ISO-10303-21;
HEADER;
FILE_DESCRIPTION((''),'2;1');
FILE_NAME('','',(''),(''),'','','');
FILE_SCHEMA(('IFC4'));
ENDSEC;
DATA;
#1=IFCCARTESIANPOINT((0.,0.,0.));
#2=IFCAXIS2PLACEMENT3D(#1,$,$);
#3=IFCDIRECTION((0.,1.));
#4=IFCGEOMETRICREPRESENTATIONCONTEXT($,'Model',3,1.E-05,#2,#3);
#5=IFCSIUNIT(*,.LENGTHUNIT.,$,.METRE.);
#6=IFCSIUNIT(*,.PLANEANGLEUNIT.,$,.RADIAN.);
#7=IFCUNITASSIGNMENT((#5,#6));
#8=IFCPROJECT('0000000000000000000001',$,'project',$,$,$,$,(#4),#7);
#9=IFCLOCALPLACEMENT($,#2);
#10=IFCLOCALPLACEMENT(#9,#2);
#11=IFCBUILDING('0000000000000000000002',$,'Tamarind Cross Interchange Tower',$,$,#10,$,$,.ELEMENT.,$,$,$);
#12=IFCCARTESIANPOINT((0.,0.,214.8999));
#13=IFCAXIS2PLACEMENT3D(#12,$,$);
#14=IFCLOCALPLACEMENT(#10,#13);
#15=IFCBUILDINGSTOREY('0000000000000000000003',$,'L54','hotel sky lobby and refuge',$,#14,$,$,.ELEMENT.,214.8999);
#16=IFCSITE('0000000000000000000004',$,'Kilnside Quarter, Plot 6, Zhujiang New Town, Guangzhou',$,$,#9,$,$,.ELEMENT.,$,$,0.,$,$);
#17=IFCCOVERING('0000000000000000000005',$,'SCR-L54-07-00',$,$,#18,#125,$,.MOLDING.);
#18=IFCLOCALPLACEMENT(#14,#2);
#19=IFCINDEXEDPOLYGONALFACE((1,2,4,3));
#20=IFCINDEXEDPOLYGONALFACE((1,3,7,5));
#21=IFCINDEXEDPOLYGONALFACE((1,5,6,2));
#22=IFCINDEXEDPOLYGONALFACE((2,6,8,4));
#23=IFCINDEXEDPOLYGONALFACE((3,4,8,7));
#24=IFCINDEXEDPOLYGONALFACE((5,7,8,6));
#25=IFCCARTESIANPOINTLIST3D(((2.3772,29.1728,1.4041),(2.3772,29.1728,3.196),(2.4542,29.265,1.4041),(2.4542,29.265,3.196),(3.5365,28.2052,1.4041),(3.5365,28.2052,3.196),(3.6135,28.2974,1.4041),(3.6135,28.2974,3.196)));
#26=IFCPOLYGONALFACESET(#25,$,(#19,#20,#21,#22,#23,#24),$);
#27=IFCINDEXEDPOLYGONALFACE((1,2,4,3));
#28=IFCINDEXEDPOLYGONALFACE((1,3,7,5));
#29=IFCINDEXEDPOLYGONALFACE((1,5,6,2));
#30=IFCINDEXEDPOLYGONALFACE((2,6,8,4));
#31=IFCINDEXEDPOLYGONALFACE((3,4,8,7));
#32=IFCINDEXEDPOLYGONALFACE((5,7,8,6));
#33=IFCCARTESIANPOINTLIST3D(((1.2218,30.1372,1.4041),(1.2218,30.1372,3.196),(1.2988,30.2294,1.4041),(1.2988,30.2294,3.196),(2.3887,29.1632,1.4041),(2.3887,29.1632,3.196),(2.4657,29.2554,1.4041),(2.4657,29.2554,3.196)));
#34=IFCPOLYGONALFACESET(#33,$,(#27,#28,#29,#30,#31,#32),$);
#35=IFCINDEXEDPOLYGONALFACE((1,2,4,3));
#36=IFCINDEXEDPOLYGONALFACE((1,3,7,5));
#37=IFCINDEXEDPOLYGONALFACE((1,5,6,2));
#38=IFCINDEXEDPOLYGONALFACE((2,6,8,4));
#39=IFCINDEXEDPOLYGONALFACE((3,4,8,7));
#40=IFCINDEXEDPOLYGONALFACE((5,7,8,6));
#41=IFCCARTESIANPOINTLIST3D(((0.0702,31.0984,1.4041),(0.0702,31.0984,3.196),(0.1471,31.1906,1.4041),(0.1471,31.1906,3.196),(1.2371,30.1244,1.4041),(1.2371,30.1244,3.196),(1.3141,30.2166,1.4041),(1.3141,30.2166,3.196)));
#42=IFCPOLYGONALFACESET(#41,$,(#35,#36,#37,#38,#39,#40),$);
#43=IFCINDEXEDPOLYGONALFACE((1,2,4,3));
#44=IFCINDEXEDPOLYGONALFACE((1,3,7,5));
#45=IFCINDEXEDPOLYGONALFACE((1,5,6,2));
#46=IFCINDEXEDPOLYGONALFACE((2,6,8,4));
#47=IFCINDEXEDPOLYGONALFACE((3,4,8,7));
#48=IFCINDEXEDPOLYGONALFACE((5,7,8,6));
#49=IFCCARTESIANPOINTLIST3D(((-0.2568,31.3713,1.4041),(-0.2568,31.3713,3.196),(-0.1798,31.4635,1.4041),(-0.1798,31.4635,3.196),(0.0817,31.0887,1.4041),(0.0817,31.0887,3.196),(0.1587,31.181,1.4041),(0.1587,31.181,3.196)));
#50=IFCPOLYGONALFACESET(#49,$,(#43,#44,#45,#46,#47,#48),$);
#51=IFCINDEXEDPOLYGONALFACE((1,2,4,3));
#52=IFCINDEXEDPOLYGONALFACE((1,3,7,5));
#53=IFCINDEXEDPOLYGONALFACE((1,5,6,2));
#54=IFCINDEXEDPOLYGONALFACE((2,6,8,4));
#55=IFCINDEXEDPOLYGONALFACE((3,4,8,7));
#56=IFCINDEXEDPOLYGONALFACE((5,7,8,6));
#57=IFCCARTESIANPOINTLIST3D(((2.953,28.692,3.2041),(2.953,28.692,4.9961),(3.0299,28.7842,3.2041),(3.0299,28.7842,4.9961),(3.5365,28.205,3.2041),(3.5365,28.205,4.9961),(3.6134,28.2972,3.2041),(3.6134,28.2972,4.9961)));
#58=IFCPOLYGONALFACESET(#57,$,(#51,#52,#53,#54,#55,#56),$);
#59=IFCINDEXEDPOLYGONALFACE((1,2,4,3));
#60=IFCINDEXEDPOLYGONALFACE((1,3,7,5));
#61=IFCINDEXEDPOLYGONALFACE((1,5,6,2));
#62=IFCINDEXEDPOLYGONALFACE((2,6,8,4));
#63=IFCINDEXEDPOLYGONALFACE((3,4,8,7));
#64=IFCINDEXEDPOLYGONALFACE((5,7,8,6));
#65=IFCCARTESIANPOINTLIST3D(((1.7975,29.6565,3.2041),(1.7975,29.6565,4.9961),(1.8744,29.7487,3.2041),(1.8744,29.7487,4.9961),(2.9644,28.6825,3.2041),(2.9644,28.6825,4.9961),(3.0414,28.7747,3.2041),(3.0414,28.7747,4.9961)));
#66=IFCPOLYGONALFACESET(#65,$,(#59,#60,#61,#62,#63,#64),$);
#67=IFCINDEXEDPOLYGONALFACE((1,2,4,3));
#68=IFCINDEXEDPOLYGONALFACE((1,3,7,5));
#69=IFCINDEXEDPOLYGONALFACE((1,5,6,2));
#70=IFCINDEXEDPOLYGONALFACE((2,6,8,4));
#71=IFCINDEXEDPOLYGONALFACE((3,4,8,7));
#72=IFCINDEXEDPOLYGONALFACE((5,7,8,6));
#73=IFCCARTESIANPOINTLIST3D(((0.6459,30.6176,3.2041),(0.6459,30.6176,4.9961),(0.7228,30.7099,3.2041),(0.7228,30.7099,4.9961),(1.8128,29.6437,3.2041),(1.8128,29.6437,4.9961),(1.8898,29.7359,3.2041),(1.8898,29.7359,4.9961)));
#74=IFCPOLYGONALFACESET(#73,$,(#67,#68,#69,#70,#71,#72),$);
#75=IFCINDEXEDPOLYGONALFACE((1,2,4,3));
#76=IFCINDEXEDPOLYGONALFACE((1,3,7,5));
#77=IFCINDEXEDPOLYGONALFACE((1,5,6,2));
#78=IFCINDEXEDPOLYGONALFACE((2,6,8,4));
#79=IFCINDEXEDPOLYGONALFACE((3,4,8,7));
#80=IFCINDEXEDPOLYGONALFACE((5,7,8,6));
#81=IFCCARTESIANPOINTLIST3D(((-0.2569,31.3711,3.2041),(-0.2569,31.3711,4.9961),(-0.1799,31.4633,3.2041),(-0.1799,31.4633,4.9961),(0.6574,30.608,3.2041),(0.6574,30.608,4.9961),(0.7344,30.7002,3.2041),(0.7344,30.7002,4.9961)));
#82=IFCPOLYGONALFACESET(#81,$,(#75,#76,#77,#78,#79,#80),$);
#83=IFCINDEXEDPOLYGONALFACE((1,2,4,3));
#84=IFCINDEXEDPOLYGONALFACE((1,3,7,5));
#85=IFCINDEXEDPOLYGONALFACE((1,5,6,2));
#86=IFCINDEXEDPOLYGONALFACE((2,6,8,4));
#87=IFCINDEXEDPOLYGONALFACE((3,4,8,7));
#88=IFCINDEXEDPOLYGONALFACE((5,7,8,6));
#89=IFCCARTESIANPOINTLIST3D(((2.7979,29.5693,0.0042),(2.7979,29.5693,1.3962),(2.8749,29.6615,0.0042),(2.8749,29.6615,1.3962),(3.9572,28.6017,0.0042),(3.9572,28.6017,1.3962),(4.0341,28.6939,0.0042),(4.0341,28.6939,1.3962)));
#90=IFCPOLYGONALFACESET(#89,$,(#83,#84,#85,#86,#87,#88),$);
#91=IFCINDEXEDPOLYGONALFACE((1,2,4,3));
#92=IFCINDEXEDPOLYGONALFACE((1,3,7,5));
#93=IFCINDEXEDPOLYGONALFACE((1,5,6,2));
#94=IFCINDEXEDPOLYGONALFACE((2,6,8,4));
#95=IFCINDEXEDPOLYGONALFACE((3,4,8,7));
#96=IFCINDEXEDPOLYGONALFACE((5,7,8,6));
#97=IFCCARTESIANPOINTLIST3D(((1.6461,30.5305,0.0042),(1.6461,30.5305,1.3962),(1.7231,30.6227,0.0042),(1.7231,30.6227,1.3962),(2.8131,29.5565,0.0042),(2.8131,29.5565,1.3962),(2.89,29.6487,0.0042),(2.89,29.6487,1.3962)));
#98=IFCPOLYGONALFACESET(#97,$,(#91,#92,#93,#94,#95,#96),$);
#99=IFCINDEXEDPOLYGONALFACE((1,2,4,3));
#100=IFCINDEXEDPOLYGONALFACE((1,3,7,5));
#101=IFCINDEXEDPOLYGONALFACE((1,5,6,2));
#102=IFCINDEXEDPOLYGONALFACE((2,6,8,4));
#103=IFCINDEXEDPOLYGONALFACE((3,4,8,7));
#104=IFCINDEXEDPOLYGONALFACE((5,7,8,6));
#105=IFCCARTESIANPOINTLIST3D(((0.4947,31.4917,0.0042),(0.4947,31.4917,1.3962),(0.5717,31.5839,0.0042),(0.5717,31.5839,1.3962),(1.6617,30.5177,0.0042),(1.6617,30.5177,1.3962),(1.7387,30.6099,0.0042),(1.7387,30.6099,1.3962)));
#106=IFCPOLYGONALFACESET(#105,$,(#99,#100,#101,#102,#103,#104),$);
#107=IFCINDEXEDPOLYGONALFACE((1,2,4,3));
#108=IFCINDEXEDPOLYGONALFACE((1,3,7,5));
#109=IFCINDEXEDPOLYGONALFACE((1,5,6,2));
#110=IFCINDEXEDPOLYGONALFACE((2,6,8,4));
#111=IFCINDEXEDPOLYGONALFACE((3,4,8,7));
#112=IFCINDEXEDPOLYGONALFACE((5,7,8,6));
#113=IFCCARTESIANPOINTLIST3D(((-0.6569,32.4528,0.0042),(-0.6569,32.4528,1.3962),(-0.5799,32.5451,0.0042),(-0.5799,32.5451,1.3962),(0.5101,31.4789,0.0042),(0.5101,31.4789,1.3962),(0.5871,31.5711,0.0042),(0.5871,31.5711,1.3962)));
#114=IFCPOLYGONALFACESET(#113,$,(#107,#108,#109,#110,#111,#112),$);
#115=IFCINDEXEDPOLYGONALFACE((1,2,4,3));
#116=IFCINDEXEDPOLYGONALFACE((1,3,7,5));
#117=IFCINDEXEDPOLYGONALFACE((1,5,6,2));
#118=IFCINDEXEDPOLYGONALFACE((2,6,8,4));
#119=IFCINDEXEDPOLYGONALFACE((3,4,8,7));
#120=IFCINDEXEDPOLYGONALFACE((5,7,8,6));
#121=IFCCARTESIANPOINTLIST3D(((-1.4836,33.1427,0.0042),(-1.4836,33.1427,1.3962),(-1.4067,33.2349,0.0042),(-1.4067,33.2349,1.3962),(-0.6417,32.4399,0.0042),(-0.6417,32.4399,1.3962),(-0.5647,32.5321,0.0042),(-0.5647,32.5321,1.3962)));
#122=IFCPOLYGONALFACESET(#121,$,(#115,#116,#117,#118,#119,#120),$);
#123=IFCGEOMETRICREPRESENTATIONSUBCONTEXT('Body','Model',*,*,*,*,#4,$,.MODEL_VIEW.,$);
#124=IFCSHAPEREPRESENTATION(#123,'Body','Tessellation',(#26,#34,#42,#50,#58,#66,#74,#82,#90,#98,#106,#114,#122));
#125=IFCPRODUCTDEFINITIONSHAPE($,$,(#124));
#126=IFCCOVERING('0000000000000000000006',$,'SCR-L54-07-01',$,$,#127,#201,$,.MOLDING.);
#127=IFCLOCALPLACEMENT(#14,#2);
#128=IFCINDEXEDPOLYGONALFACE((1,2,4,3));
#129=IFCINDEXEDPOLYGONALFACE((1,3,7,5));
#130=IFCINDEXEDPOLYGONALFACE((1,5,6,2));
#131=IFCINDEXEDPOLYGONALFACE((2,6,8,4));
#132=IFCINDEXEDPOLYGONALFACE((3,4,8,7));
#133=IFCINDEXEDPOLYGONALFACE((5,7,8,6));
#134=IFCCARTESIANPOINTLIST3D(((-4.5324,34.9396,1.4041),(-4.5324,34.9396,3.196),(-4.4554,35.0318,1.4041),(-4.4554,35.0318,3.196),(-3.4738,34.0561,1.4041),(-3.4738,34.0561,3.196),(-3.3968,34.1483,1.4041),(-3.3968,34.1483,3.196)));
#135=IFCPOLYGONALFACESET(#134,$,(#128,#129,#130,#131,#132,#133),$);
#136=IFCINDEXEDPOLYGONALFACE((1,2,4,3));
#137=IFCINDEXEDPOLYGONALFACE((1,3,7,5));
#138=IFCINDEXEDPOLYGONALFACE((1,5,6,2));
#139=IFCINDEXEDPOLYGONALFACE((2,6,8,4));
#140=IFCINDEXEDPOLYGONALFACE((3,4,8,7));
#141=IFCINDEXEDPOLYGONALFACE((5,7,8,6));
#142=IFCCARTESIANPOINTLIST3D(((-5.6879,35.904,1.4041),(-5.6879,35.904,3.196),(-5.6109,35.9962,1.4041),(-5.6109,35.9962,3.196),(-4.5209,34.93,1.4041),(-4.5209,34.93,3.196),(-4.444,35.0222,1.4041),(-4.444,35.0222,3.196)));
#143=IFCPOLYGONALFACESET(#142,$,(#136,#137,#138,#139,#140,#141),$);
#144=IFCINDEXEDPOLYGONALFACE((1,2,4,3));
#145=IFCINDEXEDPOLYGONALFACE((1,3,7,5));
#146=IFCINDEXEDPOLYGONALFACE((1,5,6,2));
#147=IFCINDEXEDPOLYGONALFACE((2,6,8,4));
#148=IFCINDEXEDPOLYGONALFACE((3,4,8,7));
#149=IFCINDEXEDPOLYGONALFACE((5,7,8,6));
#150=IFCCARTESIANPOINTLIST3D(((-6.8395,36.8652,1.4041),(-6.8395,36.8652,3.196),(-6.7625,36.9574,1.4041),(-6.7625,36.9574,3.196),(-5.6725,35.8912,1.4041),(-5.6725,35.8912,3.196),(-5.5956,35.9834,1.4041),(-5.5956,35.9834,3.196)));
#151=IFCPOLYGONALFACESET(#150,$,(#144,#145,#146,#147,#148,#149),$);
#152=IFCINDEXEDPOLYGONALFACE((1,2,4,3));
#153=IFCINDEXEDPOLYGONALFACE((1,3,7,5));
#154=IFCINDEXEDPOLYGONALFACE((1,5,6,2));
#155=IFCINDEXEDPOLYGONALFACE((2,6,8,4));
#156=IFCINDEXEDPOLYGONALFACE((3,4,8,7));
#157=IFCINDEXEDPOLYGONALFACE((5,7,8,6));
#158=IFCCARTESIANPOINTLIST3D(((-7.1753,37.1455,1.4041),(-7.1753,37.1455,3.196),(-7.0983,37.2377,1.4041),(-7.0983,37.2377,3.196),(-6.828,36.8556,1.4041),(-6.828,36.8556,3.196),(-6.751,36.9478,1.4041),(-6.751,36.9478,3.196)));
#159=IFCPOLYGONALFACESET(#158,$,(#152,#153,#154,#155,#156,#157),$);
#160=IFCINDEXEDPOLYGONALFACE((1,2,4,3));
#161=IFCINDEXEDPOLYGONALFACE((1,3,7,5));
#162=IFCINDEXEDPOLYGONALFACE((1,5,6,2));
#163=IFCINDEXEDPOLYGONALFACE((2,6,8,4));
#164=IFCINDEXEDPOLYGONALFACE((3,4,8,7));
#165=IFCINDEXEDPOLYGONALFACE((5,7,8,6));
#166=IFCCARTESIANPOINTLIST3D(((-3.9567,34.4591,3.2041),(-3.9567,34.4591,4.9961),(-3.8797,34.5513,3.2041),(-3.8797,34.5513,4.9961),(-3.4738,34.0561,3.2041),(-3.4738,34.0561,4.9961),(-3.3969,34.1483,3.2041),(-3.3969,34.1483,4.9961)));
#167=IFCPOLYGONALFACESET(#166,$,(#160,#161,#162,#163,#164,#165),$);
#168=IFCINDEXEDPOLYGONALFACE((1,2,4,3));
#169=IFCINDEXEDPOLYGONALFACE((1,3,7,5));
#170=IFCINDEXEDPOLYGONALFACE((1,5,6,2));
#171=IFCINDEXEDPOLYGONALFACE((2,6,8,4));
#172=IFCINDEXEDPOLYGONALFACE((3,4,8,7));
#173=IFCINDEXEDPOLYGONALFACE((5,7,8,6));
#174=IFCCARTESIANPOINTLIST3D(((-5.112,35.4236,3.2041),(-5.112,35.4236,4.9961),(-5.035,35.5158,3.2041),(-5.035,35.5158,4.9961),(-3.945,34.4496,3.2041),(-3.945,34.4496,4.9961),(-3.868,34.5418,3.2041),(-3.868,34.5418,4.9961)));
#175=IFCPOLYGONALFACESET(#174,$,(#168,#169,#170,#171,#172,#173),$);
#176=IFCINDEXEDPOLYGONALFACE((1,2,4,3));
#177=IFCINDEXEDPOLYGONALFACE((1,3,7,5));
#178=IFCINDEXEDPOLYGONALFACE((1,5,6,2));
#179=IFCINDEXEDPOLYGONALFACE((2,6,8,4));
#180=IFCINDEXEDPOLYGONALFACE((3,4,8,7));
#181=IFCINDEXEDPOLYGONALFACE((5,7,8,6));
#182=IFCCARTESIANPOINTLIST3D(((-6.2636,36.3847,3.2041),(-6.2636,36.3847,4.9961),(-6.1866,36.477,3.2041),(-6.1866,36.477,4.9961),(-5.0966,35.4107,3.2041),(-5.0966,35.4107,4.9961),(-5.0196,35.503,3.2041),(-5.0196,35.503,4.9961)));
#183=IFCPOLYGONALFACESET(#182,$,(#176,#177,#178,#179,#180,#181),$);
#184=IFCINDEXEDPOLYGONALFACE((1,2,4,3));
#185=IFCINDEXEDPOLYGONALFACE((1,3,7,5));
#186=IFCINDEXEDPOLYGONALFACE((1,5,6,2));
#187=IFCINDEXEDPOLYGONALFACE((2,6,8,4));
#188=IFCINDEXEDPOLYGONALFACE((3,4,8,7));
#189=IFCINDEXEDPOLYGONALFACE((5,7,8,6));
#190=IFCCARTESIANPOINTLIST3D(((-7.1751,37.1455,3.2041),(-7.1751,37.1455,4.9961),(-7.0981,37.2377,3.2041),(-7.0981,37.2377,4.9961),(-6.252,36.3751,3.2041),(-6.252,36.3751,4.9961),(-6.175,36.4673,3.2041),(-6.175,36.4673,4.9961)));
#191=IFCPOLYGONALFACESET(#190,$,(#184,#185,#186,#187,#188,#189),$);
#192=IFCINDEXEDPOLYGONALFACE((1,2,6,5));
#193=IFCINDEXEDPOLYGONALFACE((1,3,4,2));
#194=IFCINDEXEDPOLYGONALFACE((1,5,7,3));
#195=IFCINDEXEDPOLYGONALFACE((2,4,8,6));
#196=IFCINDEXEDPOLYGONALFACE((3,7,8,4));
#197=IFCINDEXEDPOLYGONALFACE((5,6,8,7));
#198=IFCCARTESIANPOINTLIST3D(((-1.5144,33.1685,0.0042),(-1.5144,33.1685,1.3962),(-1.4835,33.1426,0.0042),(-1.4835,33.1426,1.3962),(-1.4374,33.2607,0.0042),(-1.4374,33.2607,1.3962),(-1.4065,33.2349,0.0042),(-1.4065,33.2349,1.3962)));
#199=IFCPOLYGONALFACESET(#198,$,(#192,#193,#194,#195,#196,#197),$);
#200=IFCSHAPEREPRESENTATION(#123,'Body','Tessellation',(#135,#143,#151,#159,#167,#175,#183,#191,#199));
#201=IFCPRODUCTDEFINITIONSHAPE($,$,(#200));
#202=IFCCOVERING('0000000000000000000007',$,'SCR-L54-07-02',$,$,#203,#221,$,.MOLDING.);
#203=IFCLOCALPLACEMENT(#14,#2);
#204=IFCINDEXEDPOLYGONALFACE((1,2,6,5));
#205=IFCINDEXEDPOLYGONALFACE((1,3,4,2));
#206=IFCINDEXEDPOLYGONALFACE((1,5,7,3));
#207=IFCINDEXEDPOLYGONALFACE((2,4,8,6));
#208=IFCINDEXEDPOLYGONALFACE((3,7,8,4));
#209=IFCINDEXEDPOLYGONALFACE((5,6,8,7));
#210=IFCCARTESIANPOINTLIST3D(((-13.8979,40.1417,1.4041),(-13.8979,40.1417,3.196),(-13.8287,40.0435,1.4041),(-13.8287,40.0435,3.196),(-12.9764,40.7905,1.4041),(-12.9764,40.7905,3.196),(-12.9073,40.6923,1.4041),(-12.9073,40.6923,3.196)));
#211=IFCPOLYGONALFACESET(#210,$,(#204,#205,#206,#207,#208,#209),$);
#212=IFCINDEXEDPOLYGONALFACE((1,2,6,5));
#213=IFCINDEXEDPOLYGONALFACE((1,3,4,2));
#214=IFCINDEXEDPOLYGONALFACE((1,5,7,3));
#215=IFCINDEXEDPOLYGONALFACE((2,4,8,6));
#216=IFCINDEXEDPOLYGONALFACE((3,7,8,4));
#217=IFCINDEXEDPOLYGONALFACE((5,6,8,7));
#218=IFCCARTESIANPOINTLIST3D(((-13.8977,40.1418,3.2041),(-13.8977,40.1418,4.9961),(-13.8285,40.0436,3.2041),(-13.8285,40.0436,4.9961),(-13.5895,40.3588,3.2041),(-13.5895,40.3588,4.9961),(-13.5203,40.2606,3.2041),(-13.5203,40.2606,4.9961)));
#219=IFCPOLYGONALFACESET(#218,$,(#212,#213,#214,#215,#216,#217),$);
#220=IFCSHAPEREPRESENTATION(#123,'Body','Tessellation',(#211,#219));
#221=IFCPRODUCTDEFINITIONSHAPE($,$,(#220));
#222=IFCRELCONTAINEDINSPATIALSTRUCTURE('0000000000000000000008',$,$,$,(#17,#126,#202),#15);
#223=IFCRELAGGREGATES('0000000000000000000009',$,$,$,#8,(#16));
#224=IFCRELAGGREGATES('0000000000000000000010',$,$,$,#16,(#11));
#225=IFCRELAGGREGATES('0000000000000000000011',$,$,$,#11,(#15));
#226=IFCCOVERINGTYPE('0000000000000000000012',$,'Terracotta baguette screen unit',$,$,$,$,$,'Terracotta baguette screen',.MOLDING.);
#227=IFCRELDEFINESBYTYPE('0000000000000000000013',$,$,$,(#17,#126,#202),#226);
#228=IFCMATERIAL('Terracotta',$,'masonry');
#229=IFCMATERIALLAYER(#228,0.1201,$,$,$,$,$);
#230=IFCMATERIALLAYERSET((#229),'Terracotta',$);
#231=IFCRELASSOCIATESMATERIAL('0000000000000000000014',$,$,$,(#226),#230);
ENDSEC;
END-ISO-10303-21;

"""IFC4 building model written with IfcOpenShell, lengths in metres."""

from ifc_helpers import new_model, si_unit, direction, frame, origin, origin_2d, place, context, subcontext, project, spatial, rectangle, extrude, material, layer, layer_set, type_object, element, save


model = new_model("IFC4")

# Units and contexts
model_context = context("Model", 3, precision=1e-05, world=origin(), true_north=direction((0.0, 1.0)))
body_context = subcontext(model_context, "Body", "Model", "MODEL_VIEW")
ifc_project = project(units=[si_unit("LENGTHUNIT", "METRE"), si_unit("PLANEANGLEUNIT", "RADIAN")], contexts=[model_context])

# Site, building, storey
site_placement = place(None, origin())
site = spatial("IfcSite", under=ifc_project, at=site_placement, Name="Kilnside Quarter, Plot 6, Zhujiang New Town, Guangzhou", CompositionType="ELEMENT", RefElevation=0.0)
building_placement = place(site_placement, origin())
building = spatial("IfcBuilding", under=site, at=building_placement, Name="Tamarind Cross Interchange Tower", CompositionType="ELEMENT")
storey_placement = place(building_placement, frame((0.0, 0.0, 214.8999)))
storey = spatial("IfcBuildingStorey", under=building, at=storey_placement, Name="L54", Description="hotel sky lobby and refuge", CompositionType="ELEMENT", Elevation=214.8999)

# Coverings
ifc_material_1 = material(Name="Terracotta", Category="masonry")
ifc_layer_1 = layer(ifc_material_1, 0.1201)
ifc_layer_set_1 = layer_set([ifc_layer_1], Name="Terracotta")
covering_type = type_object("IfcCoveringType", Name="Terracotta baguette screen unit", ElementType="Terracotta baguette screen", PredefinedType="MOLDING", material=ifc_layer_set_1)
covering_1_placement = place(storey_placement, origin())
element("IfcCovering", 1, at=covering_1_placement, inside=storey, type_object=covering_type, Name="SCR-L54-07-00", PredefinedType="MOLDING", context=body_context, shape_type="SweptSolid", body=[
    extrude(rectangle(XDim=1.51, YDim=0.1201, at=origin_2d()), frame((2.9954, 28.7351, 1.4041), z_axis=(0.0, 0.0, 1.0), x_axis=(-0.767729, 0.640775, 0.0)), (0.0, 0.0, 1.0), 1.792),
    extrude(rectangle(XDim=1.52, YDim=0.1201, at=origin_2d()), frame((1.8438, 29.6963, 1.4041), z_axis=(0.0, 0.0, 1.0), x_axis=(-0.767729, 0.640775, 0.0)), (0.0, 0.0, 1.0), 1.792),
    extrude(rectangle(XDim=1.52, YDim=0.1201, at=origin_2d()), frame((0.6921, 30.6575, 1.4041), z_axis=(0.0, 0.0, 1.0), x_axis=(-0.767729, 0.640775, 0.0)), (0.0, 0.0, 1.0), 1.792),
    extrude(rectangle(XDim=0.4409, YDim=0.1201, at=origin_2d()), frame((-0.0491, 31.2761, 1.4041), z_axis=(0.0, 0.0, 1.0), x_axis=(-0.767729, 0.640775, 0.0)), (0.0, 0.0, 1.0), 1.792),
    extrude(rectangle(XDim=0.76, YDim=0.1201, at=origin_2d()), frame((3.2832, 28.4946, 3.2041), z_axis=(0.0, 0.0, 1.0), x_axis=(-0.767729, 0.640775, 0.0)), (0.0, 0.0, 1.0), 1.792),
    extrude(rectangle(XDim=1.52, YDim=0.1201, at=origin_2d()), frame((2.4194, 29.2156, 3.2041), z_axis=(0.0, 0.0, 1.0), x_axis=(-0.767729, 0.640775, 0.0)), (0.0, 0.0, 1.0), 1.792),
    extrude(rectangle(XDim=1.52, YDim=0.1201, at=origin_2d()), frame((1.2678, 30.1768, 3.2041), z_axis=(0.0, 0.0, 1.0), x_axis=(-0.767729, 0.640775, 0.0)), (0.0, 0.0, 1.0), 1.792),
    extrude(rectangle(XDim=1.1909, YDim=0.1201, at=origin_2d()), frame((0.2388, 31.0356, 3.2041), z_axis=(0.0, 0.0, 1.0), x_axis=(-0.767729, 0.640775, 0.0)), (0.0, 0.0, 1.0), 1.792),
    extrude(rectangle(XDim=1.51, YDim=0.1201, at=origin_2d()), frame((3.416, 29.1316, 0.0042), z_axis=(0.0, 0.0, 1.0), x_axis=(-0.767729, 0.640775, 0.0)), (0.0, 0.0, 1.0), 1.3921),
    extrude(rectangle(XDim=1.52, YDim=0.1201, at=origin_2d()), frame((2.2681, 30.0896, 0.0042), z_axis=(0.0, 0.0, 1.0), x_axis=(-0.767729, 0.640775, 0.0)), (0.0, 0.0, 1.0), 1.3921),
    extrude(rectangle(XDim=1.52, YDim=0.1201, at=origin_2d()), frame((1.1167, 31.0508, 0.0042), z_axis=(0.0, 0.0, 1.0), x_axis=(-0.767729, 0.640775, 0.0)), (0.0, 0.0, 1.0), 1.3921),
    extrude(rectangle(XDim=1.52, YDim=0.1201, at=origin_2d()), frame((-0.0349, 32.012, 0.0042), z_axis=(0.0, 0.0, 1.0), x_axis=(-0.767729, 0.640775, 0.0)), (0.0, 0.0, 1.0), 1.3921),
    extrude(rectangle(XDim=1.0967, YDim=0.1201, at=origin_2d()), frame((-1.0242, 32.8374, 0.0042), z_axis=(0.0, 0.0, 1.0), x_axis=(-0.767729, 0.640775, 0.0)), (0.0, 0.0, 1.0), 1.3921),
])
covering_2_placement = place(storey_placement, origin())
element("IfcCovering", 2, at=covering_2_placement, inside=storey, type_object=covering_type, Name="SCR-L54-07-01", PredefinedType="MOLDING", context=body_context, shape_type="SweptSolid", body=[
    extrude(rectangle(XDim=1.3789, YDim=0.1201, at=origin_2d()), frame((-3.9646, 34.5439, 1.4041), z_axis=(0.0, 0.0, 1.0), x_axis=(-0.767729, 0.640775, 0.0)), (0.0, 0.0, 1.0), 1.792),
    extrude(rectangle(XDim=1.52, YDim=0.1201, at=origin_2d()), frame((-5.0659, 35.4631, 1.4041), z_axis=(0.0, 0.0, 1.0), x_axis=(-0.767729, 0.640775, 0.0)), (0.0, 0.0, 1.0), 1.792),
    extrude(rectangle(XDim=1.52, YDim=0.1201, at=origin_2d()), frame((-6.2175, 36.4243, 1.4041), z_axis=(0.0, 0.0, 1.0), x_axis=(-0.767729, 0.640775, 0.0)), (0.0, 0.0, 1.0), 1.792),
    extrude(rectangle(XDim=0.4524, YDim=0.1201, at=origin_2d()), frame((-6.9631, 37.0466, 1.4041), z_axis=(0.0, 0.0, 1.0), x_axis=(-0.767729, 0.640775, 0.0)), (0.0, 0.0, 1.0), 1.792),
    extrude(rectangle(XDim=0.6289, YDim=0.1201, at=origin_2d()), frame((-3.6768, 34.3037, 3.2041), z_axis=(0.0, 0.0, 1.0), x_axis=(-0.767729, 0.640775, 0.0)), (0.0, 0.0, 1.0), 1.792),
    extrude(rectangle(XDim=1.52, YDim=0.1201, at=origin_2d()), frame((-4.49, 34.9827, 3.2041), z_axis=(0.0, 0.0, 1.0), x_axis=(-0.767729, 0.640775, 0.0)), (0.0, 0.0, 1.0), 1.792),
    extrude(rectangle(XDim=1.52, YDim=0.1201, at=origin_2d()), frame((-5.6416, 35.9438, 3.2041), z_axis=(0.0, 0.0, 1.0), x_axis=(-0.767729, 0.640775, 0.0)), (0.0, 0.0, 1.0), 1.792),
    extrude(rectangle(XDim=1.2024, YDim=0.1201, at=origin_2d()), frame((-6.675, 36.8064, 3.2041), z_axis=(0.0, 0.0, 1.0), x_axis=(-0.767729, 0.640775, 0.0)), (0.0, 0.0, 1.0), 1.792),
    extrude(rectangle(XDim=0.0403, YDim=0.1201, at=origin_2d()), frame((-1.4604, 33.2017, 0.0042), z_axis=(0.0, 0.0, 1.0), x_axis=(-0.767729, 0.640775, 0.0)), (0.0, 0.0, 1.0), 1.3921),
])
covering_3_placement = place(storey_placement, origin())
element("IfcCovering", 3, at=covering_3_placement, inside=storey, type_object=covering_type, Name="SCR-L54-07-02", PredefinedType="MOLDING", context=body_context, shape_type="SweptSolid", body=[
    extrude(rectangle(XDim=1.127, YDim=0.1201, at=origin_2d()), frame((-13.4026, 40.417, 1.4041), z_axis=(0.0, 0.0, 1.0), x_axis=(-0.817644, -0.575725, 0.0)), (0.0, 0.0, 1.0), 1.792),
    extrude(rectangle(XDim=0.377, YDim=0.1201, at=origin_2d()), frame((-13.709, 40.2012, 3.2041), z_axis=(0.0, 0.0, 1.0), x_axis=(-0.817644, -0.575725, 0.0)), (0.0, 0.0, 1.0), 1.792),
])

save(model, "model.ifc")
